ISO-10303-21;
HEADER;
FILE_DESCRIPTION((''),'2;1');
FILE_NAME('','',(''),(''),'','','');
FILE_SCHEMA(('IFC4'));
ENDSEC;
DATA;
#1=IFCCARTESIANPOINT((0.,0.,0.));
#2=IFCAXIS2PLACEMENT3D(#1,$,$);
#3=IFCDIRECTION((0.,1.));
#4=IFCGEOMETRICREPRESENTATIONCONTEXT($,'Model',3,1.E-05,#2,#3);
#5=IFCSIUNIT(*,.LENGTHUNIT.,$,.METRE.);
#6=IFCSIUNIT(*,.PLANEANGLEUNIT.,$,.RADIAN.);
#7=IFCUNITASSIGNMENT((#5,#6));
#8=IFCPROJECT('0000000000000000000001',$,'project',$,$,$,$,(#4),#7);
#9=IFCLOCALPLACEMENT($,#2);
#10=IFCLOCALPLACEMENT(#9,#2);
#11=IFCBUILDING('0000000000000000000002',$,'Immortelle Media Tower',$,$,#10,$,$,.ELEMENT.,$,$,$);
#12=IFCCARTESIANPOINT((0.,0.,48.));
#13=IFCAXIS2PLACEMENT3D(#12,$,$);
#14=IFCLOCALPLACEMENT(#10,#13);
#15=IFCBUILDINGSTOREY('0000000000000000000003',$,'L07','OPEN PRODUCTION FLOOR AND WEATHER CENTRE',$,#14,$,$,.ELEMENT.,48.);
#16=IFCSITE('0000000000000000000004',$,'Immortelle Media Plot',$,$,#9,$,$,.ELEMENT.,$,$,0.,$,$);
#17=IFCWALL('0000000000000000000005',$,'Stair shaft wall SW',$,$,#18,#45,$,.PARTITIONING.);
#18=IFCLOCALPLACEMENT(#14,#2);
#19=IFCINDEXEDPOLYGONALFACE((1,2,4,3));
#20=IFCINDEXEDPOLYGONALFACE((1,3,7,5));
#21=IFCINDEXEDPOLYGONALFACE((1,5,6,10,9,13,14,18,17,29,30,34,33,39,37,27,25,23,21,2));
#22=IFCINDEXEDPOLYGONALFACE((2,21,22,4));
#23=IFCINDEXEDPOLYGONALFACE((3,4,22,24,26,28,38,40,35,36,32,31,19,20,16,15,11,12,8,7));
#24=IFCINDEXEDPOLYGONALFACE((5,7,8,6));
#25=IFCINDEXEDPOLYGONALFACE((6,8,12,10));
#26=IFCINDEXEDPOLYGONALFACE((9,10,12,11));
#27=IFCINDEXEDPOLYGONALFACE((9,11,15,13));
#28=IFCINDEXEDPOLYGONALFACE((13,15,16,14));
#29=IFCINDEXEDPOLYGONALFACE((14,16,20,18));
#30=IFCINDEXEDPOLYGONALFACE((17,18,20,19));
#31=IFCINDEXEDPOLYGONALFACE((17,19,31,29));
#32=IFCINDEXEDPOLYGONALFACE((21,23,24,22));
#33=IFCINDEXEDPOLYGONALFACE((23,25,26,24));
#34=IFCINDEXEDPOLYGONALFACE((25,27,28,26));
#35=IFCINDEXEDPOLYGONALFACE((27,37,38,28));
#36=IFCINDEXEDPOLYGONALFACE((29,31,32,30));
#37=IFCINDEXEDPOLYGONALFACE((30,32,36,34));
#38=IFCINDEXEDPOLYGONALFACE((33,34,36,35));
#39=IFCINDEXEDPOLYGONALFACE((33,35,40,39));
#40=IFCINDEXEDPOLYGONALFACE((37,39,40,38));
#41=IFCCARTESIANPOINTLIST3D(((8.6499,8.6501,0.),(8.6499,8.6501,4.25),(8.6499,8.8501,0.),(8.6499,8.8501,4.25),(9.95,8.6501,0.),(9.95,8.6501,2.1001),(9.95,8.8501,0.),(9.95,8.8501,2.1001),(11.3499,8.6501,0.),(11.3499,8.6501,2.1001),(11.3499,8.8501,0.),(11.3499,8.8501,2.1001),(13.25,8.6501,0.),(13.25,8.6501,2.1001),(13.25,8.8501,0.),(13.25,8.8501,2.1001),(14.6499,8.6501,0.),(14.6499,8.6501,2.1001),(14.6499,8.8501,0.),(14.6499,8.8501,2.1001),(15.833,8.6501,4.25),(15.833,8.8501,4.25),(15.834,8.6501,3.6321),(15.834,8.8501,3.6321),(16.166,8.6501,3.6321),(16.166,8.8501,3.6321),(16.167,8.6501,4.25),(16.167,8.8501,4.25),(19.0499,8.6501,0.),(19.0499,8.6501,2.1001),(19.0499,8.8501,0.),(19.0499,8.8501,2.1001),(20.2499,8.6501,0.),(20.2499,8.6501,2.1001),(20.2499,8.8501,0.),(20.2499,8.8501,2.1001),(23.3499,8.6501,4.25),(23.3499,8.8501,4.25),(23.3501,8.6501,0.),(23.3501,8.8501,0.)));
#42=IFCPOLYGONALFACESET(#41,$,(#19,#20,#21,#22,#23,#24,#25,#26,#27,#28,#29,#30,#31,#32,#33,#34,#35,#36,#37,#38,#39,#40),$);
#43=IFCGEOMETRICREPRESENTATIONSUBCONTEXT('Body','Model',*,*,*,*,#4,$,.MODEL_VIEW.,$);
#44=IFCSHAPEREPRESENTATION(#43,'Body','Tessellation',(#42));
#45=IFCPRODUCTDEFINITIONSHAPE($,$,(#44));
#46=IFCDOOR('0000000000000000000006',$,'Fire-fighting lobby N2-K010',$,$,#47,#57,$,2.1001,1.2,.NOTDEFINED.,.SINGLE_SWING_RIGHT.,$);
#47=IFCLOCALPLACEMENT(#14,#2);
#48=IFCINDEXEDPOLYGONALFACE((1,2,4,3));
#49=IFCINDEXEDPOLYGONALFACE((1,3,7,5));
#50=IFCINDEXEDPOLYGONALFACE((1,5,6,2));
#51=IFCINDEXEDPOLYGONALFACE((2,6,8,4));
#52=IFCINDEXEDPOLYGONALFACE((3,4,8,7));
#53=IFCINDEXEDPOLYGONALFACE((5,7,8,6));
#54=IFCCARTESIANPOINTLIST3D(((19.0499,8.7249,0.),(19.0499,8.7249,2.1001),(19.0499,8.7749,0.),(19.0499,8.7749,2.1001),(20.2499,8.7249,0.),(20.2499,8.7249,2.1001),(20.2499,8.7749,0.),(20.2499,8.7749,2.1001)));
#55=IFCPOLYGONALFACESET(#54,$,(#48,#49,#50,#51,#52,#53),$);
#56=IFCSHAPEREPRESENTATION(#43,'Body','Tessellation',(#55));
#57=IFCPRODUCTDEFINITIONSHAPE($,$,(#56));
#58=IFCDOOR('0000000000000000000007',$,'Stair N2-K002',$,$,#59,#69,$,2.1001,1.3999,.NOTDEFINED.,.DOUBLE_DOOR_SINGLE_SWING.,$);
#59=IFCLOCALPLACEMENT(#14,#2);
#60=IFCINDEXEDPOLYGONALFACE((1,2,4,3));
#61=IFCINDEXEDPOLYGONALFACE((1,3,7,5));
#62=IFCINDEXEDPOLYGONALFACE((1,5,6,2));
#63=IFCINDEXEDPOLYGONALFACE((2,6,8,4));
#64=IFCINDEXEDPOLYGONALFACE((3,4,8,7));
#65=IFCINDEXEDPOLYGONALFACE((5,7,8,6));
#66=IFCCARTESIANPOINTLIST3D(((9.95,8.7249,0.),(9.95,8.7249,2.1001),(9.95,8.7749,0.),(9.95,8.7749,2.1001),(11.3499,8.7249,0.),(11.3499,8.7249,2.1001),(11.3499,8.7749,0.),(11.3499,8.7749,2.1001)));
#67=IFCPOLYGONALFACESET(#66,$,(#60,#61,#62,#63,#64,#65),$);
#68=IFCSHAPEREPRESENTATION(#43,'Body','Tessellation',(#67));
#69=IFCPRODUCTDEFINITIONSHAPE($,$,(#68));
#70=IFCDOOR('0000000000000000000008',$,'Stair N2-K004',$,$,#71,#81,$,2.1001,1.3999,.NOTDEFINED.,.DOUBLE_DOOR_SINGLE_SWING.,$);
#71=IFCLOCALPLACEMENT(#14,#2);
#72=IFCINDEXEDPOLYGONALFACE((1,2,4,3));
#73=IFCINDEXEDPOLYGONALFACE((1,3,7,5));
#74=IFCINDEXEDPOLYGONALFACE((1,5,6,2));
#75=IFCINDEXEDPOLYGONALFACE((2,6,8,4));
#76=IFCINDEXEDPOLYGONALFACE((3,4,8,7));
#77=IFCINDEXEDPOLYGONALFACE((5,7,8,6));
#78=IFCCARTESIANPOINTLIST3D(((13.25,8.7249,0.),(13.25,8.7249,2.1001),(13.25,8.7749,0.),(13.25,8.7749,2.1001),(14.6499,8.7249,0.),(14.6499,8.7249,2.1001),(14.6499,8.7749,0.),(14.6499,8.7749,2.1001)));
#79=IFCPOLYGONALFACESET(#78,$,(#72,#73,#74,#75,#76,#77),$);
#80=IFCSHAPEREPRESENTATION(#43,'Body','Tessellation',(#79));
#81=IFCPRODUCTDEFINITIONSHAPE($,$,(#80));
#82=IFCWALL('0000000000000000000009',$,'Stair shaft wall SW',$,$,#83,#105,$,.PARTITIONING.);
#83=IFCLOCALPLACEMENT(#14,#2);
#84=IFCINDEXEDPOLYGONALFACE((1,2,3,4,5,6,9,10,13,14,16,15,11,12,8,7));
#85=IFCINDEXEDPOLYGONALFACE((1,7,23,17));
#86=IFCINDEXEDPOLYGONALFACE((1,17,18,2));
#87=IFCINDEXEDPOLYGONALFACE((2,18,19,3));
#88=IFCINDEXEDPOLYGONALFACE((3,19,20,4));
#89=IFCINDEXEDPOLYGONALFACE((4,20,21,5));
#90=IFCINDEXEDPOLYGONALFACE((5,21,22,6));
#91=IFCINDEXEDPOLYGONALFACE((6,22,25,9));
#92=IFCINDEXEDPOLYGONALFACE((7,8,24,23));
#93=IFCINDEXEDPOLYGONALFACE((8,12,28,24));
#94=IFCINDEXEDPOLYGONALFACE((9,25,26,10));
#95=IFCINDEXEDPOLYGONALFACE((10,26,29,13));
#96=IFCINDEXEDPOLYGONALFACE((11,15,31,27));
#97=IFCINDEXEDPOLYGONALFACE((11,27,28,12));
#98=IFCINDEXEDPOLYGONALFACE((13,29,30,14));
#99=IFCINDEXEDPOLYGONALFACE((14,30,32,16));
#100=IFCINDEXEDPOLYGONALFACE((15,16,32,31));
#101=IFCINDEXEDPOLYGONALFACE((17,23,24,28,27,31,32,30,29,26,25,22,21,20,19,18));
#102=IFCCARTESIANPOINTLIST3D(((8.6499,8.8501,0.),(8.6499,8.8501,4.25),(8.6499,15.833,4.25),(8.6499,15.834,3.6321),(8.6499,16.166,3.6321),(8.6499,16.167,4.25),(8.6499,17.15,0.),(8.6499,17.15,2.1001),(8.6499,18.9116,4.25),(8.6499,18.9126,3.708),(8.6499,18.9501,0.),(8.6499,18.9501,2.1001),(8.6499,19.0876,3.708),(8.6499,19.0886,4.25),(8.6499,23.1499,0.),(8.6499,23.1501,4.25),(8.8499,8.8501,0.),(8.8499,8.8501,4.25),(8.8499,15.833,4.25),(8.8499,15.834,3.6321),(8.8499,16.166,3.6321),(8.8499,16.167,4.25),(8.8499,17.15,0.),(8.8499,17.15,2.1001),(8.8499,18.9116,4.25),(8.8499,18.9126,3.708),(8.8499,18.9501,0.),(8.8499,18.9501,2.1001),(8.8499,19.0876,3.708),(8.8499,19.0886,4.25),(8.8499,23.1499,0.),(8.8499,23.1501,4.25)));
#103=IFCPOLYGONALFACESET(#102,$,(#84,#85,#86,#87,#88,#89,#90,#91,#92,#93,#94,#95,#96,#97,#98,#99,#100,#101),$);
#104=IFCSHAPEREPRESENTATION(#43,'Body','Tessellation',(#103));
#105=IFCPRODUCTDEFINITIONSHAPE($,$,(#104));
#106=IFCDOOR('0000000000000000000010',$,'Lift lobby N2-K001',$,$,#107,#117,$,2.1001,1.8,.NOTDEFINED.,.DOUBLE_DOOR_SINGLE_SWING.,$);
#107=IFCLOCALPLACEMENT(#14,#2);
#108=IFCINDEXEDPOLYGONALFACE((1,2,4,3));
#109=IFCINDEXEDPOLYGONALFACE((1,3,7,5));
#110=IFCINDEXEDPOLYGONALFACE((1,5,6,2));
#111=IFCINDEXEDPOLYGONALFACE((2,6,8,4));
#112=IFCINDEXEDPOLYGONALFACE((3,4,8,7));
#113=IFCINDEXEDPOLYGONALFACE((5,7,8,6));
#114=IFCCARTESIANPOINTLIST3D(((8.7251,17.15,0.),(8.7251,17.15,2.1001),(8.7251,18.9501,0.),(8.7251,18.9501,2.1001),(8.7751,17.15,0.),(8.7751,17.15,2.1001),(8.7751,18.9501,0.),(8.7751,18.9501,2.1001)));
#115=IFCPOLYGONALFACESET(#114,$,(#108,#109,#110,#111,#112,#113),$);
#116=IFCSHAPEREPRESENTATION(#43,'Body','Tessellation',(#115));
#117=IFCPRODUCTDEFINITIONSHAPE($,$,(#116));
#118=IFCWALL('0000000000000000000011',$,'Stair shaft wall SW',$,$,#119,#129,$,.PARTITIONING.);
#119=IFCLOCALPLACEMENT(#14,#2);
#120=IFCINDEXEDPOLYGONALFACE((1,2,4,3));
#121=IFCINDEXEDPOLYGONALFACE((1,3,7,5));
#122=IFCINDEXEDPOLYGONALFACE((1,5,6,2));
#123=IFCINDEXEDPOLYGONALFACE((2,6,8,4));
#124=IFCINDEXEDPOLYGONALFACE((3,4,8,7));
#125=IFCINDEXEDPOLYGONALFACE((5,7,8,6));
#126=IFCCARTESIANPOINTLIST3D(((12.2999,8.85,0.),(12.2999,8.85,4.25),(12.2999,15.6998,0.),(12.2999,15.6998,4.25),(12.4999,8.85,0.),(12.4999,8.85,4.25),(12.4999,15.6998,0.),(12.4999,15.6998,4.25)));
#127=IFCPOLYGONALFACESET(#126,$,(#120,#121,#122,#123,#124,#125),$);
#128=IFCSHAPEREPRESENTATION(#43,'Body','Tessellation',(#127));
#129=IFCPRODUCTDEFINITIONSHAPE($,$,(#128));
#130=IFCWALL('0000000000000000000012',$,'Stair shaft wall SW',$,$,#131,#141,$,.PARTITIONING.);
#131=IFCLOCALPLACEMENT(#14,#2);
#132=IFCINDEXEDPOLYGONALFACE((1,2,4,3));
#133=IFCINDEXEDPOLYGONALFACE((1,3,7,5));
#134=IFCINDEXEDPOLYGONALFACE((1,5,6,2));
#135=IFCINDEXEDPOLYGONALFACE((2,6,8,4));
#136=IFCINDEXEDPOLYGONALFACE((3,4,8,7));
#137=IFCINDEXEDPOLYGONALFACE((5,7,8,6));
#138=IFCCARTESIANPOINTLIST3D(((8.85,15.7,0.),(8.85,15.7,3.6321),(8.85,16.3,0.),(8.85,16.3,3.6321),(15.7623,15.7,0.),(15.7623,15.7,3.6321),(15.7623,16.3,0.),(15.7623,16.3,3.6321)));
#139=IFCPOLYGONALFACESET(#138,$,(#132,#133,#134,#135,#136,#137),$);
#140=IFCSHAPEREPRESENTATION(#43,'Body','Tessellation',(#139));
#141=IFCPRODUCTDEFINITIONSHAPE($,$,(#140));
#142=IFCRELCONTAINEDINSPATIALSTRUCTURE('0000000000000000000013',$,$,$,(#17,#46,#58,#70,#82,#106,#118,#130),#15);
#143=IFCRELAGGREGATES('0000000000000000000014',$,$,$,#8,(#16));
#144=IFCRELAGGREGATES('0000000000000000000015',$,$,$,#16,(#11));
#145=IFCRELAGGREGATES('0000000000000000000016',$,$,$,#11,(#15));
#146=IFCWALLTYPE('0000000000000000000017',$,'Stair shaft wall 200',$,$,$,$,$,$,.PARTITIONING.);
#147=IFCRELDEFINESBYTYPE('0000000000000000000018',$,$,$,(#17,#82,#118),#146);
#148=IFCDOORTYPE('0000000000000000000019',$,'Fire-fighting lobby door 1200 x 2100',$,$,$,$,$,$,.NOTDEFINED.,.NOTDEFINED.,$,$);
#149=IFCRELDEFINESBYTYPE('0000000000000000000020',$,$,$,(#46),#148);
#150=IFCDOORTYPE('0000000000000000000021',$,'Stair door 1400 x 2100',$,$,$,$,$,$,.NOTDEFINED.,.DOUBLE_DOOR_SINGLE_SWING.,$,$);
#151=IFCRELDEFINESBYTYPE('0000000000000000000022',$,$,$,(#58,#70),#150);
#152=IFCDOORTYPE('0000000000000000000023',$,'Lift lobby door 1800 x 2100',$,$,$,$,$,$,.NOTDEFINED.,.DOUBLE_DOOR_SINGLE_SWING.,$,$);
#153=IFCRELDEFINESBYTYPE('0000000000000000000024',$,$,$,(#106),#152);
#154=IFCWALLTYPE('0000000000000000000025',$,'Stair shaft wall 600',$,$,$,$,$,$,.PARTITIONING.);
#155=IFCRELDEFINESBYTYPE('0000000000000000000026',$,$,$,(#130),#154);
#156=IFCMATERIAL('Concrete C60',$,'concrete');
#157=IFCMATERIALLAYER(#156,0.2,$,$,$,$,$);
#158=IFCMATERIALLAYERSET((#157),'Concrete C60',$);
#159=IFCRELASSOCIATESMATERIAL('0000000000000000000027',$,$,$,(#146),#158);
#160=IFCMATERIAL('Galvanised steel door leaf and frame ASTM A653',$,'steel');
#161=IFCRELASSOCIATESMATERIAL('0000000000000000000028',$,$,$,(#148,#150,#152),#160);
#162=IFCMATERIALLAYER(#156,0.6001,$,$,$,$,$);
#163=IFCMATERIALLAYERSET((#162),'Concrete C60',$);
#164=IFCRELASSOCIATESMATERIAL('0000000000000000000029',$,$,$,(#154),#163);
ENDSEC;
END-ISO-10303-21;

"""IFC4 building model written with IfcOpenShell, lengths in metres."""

from ifc_helpers import new_model, si_unit, direction, frame, frame_2d, origin, place, context, subcontext, project, spatial, polyline, rectangle, outline, extrude, material, layer, layer_set, type_object, element, fill, save


model = new_model("IFC4")

# Units and contexts
model_context = context("Model", 3, precision=1e-05, world=origin(), true_north=direction((0.0, 1.0)))
body_context = subcontext(model_context, "Body", "Model", "MODEL_VIEW")
ifc_project = project(units=[si_unit("LENGTHUNIT", "METRE"), si_unit("PLANEANGLEUNIT", "RADIAN")], contexts=[model_context])

# Site, building, storey
site_placement = place(None, origin())
site = spatial("IfcSite", under=ifc_project, at=site_placement, Name="Immortelle Media Plot", CompositionType="ELEMENT", RefElevation=0.0)
building_placement = place(site_placement, origin())
building = spatial("IfcBuilding", under=site, at=building_placement, Name="Immortelle Media Tower", CompositionType="ELEMENT")
storey_placement = place(building_placement, frame((0.0, 0.0, 48.0)))
storey = spatial("IfcBuildingStorey", under=building, at=storey_placement, Name="L07", Description="OPEN PRODUCTION FLOOR AND WEATHER CENTRE", CompositionType="ELEMENT", Elevation=48.0)

# Wall, openings, doors
ifc_material_1 = material(Name="Concrete C60", Category="concrete")
ifc_layer_1 = layer(ifc_material_1, 0.2)
ifc_layer_set_1 = layer_set([ifc_layer_1], Name="Concrete C60")
wall_type_1 = type_object("IfcWallType", Name="Stair shaft wall 200", PredefinedType="PARTITIONING", material=ifc_layer_set_1)
wall_1_placement = place(storey_placement, frame((8.6499, 8.75, 0.0), z_axis=(0.0, 0.0, 1.0), x_axis=(1.0, 0.0, 0.0)))
wall_1 = element("IfcWall", 1, at=wall_1_placement, inside=storey, type_object=wall_type_1, Name="Stair shaft wall SW", PredefinedType="PARTITIONING", context=body_context, shape_type="SweptSolid", body=[
    extrude(outline(polyline([(0.0, 0.0), (14.7002, 0.0), (14.7, 4.25), (7.5171, 4.25), (7.5161, 3.6321), (7.1841, 3.6321), (7.1831, 4.25), (0.0, 4.25), (0.0, 0.0)])), frame((0.0, 0.1001, 0.0), z_axis=(0.0, -1.0, 0.0), x_axis=(1.0, 0.0, 0.0)), (0.0, 0.0, 1.0), 0.2),
])
opening_1_placement = place(wall_1_placement, frame((1.3, 0.0, 0.0)))
opening_1 = element("IfcOpeningElement", 2, at=opening_1_placement, cuts=wall_1, PredefinedType="OPENING", context=body_context, shape_type="SweptSolid", body=[
    extrude(rectangle(XDim=1.3999, YDim=2.1001, at=frame_2d((0.7, 1.05))), frame((0.0, 0.1099, 0.0), z_axis=(0.0, -1.0, 0.0), x_axis=(1.0, 0.0, 0.0)), (0.0, 0.0, 1.0), 0.22),
])
opening_2_placement = place(wall_1_placement, frame((4.6001, 0.0, 0.0)))
opening_2 = element("IfcOpeningElement", 3, at=opening_2_placement, cuts=wall_1, PredefinedType="OPENING", context=body_context, shape_type="SweptSolid", body=[
    extrude(rectangle(XDim=1.3999, YDim=2.1001, at=frame_2d((0.7, 1.05))), frame((0.0, 0.1099, 0.0), z_axis=(0.0, -1.0, 0.0), x_axis=(1.0, 0.0, 0.0)), (0.0, 0.0, 1.0), 0.22),
])
opening_3_placement = place(wall_1_placement, frame((10.3999, 0.0, 0.0)))
opening_3 = element("IfcOpeningElement", 4, at=opening_3_placement, cuts=wall_1, PredefinedType="OPENING", context=body_context, shape_type="SweptSolid", body=[
    extrude(rectangle(XDim=1.2, YDim=2.1001, at=frame_2d((0.6001, 1.05))), frame((0.0, 0.1099, 0.0), z_axis=(0.0, -1.0, 0.0), x_axis=(1.0, 0.0, 0.0)), (0.0, 0.0, 1.0), 0.22),
])
ifc_material_2 = material(Name="Galvanised steel door leaf and frame ASTM A653", Category="steel")
door_type_1 = type_object("IfcDoorType", Name="Fire-fighting lobby door 1200 x 2100", OperationType="NOTDEFINED", PredefinedType="NOTDEFINED", material=ifc_material_2)
door_1_placement = place(opening_3_placement, origin())
door_1 = element("IfcDoor", 5, at=door_1_placement, inside=storey, type_object=door_type_1, Name="Fire-fighting lobby N2-K010", OperationType="SINGLE_SWING_RIGHT", OverallHeight=2.1001, OverallWidth=1.2, PredefinedType="NOTDEFINED", context=body_context, shape_type="SweptSolid", body=[
    extrude(rectangle(XDim=1.2, YDim=2.1001, at=frame_2d((0.6001, 1.05))), frame((0.0, 0.0249, 0.0), z_axis=(0.0, -1.0, 0.0), x_axis=(1.0, 0.0, 0.0)), (0.0, 0.0, 1.0), 0.05),
])
fill(opening_3, door_1)
door_type_2 = type_object("IfcDoorType", Name="Stair door 1400 x 2100", OperationType="DOUBLE_DOOR_SINGLE_SWING", PredefinedType="NOTDEFINED", material=ifc_material_2)
door_2_placement = place(opening_1_placement, origin())
door_2 = element("IfcDoor", 6, at=door_2_placement, inside=storey, type_object=door_type_2, Name="Stair N2-K002", OperationType="DOUBLE_DOOR_SINGLE_SWING", OverallHeight=2.1001, OverallWidth=1.3999, PredefinedType="NOTDEFINED", context=body_context, shape_type="SweptSolid", body=[
    extrude(rectangle(XDim=1.3999, YDim=2.1001, at=frame_2d((0.7, 1.05))), frame((0.0, 0.0249, 0.0), z_axis=(0.0, -1.0, 0.0), x_axis=(1.0, 0.0, 0.0)), (0.0, 0.0, 1.0), 0.05),
])
fill(opening_1, door_2)
door_3_placement = place(opening_2_placement, origin())
door_3 = element("IfcDoor", 7, at=door_3_placement, inside=storey, type_object=door_type_2, Name="Stair N2-K004", OperationType="DOUBLE_DOOR_SINGLE_SWING", OverallHeight=2.1001, OverallWidth=1.3999, PredefinedType="NOTDEFINED", context=body_context, shape_type="SweptSolid", body=[
    extrude(rectangle(XDim=1.3999, YDim=2.1001, at=frame_2d((0.7, 1.05))), frame((0.0, 0.0249, 0.0), z_axis=(0.0, -1.0, 0.0), x_axis=(1.0, 0.0, 0.0)), (0.0, 0.0, 1.0), 0.05),
])
fill(opening_2, door_3)

# Wall, opening, door
wall_2_placement = place(storey_placement, frame((8.75, 8.8501, 0.0), z_axis=(0.0, 0.0, 1.0), x_axis=(0.0, 1.0, 0.0)))
wall_2 = element("IfcWall", 8, at=wall_2_placement, inside=storey, type_object=wall_type_1, Name="Stair shaft wall SW", PredefinedType="PARTITIONING", context=body_context, shape_type="SweptSolid", body=[
    extrude(outline(polyline([(0.0, 0.0), (14.2998, 0.0), (14.3, 4.25), (10.2385, 4.25), (10.2375, 3.708), (10.0625, 3.708), (10.0615, 4.25), (7.3169, 4.25), (7.3159, 3.6321), (6.9839, 3.6321), (6.9829, 4.25), (0.0, 4.25), (0.0, 0.0)])), frame((0.0, 0.1001, 0.0), z_axis=(0.0, -1.0, 0.0), x_axis=(1.0, 0.0, 0.0)), (0.0, 0.0, 1.0), 0.2),
])
opening_4_placement = place(wall_2_placement, frame((8.3, 0.0, 0.0)))
opening_4 = element("IfcOpeningElement", 9, at=opening_4_placement, cuts=wall_2, PredefinedType="OPENING", context=body_context, shape_type="SweptSolid", body=[
    extrude(rectangle(XDim=1.8, YDim=2.1001, at=frame_2d((0.8999, 1.05))), frame((0.0, 0.1099, 0.0), z_axis=(0.0, -1.0, 0.0), x_axis=(1.0, 0.0, 0.0)), (0.0, 0.0, 1.0), 0.22),
])
door_type_3 = type_object("IfcDoorType", Name="Lift lobby door 1800 x 2100", OperationType="DOUBLE_DOOR_SINGLE_SWING", PredefinedType="NOTDEFINED", material=ifc_material_2)
door_4_placement = place(opening_4_placement, origin())
door_4 = element("IfcDoor", 10, at=door_4_placement, inside=storey, type_object=door_type_3, Name="Lift lobby N2-K001", OperationType="DOUBLE_DOOR_SINGLE_SWING", OverallHeight=2.1001, OverallWidth=1.8, PredefinedType="NOTDEFINED", context=body_context, shape_type="SweptSolid", body=[
    extrude(rectangle(XDim=1.8, YDim=2.1001, at=frame_2d((0.8999, 1.05))), frame((0.0, 0.0249, 0.0), z_axis=(0.0, -1.0, 0.0), x_axis=(1.0, 0.0, 0.0)), (0.0, 0.0, 1.0), 0.05),
])
fill(opening_4, door_4)

# Walls
wall_3_placement = place(storey_placement, frame((12.3999, 8.8501, 0.0), z_axis=(0.0, 0.0, 1.0), x_axis=(0.0, 1.0, 0.0)))
element("IfcWall", 11, at=wall_3_placement, inside=storey, type_object=wall_type_1, Name="Stair shaft wall SW", PredefinedType="PARTITIONING", context=body_context, shape_type="SweptSolid", body=[
    extrude(rectangle(XDim=6.8499, YDim=0.2, at=frame_2d((3.4248, 0.0))), origin(), (0.0, 0.0, 1.0), 4.25),
])
ifc_layer_2 = layer(ifc_material_1, 0.6001)
ifc_layer_set_2 = layer_set([ifc_layer_2], Name="Concrete C60")
wall_type_2 = type_object("IfcWallType", Name="Stair shaft wall 600", PredefinedType="PARTITIONING", material=ifc_layer_set_2)
wall_4_placement = place(storey_placement, frame((8.8501, 16.0, 0.0), z_axis=(0.0, 0.0, 1.0), x_axis=(1.0, 0.0, 0.0)))
element("IfcWall", 12, at=wall_4_placement, inside=storey, type_object=wall_type_2, Name="Stair shaft wall SW", PredefinedType="PARTITIONING", context=body_context, shape_type="SweptSolid", body=[
    extrude(rectangle(XDim=6.9124, YDim=0.6001, at=frame_2d((3.4561, 0.0))), origin(), (0.0, 0.0, 1.0), 3.6321),
])

save(model, "model.ifc")
